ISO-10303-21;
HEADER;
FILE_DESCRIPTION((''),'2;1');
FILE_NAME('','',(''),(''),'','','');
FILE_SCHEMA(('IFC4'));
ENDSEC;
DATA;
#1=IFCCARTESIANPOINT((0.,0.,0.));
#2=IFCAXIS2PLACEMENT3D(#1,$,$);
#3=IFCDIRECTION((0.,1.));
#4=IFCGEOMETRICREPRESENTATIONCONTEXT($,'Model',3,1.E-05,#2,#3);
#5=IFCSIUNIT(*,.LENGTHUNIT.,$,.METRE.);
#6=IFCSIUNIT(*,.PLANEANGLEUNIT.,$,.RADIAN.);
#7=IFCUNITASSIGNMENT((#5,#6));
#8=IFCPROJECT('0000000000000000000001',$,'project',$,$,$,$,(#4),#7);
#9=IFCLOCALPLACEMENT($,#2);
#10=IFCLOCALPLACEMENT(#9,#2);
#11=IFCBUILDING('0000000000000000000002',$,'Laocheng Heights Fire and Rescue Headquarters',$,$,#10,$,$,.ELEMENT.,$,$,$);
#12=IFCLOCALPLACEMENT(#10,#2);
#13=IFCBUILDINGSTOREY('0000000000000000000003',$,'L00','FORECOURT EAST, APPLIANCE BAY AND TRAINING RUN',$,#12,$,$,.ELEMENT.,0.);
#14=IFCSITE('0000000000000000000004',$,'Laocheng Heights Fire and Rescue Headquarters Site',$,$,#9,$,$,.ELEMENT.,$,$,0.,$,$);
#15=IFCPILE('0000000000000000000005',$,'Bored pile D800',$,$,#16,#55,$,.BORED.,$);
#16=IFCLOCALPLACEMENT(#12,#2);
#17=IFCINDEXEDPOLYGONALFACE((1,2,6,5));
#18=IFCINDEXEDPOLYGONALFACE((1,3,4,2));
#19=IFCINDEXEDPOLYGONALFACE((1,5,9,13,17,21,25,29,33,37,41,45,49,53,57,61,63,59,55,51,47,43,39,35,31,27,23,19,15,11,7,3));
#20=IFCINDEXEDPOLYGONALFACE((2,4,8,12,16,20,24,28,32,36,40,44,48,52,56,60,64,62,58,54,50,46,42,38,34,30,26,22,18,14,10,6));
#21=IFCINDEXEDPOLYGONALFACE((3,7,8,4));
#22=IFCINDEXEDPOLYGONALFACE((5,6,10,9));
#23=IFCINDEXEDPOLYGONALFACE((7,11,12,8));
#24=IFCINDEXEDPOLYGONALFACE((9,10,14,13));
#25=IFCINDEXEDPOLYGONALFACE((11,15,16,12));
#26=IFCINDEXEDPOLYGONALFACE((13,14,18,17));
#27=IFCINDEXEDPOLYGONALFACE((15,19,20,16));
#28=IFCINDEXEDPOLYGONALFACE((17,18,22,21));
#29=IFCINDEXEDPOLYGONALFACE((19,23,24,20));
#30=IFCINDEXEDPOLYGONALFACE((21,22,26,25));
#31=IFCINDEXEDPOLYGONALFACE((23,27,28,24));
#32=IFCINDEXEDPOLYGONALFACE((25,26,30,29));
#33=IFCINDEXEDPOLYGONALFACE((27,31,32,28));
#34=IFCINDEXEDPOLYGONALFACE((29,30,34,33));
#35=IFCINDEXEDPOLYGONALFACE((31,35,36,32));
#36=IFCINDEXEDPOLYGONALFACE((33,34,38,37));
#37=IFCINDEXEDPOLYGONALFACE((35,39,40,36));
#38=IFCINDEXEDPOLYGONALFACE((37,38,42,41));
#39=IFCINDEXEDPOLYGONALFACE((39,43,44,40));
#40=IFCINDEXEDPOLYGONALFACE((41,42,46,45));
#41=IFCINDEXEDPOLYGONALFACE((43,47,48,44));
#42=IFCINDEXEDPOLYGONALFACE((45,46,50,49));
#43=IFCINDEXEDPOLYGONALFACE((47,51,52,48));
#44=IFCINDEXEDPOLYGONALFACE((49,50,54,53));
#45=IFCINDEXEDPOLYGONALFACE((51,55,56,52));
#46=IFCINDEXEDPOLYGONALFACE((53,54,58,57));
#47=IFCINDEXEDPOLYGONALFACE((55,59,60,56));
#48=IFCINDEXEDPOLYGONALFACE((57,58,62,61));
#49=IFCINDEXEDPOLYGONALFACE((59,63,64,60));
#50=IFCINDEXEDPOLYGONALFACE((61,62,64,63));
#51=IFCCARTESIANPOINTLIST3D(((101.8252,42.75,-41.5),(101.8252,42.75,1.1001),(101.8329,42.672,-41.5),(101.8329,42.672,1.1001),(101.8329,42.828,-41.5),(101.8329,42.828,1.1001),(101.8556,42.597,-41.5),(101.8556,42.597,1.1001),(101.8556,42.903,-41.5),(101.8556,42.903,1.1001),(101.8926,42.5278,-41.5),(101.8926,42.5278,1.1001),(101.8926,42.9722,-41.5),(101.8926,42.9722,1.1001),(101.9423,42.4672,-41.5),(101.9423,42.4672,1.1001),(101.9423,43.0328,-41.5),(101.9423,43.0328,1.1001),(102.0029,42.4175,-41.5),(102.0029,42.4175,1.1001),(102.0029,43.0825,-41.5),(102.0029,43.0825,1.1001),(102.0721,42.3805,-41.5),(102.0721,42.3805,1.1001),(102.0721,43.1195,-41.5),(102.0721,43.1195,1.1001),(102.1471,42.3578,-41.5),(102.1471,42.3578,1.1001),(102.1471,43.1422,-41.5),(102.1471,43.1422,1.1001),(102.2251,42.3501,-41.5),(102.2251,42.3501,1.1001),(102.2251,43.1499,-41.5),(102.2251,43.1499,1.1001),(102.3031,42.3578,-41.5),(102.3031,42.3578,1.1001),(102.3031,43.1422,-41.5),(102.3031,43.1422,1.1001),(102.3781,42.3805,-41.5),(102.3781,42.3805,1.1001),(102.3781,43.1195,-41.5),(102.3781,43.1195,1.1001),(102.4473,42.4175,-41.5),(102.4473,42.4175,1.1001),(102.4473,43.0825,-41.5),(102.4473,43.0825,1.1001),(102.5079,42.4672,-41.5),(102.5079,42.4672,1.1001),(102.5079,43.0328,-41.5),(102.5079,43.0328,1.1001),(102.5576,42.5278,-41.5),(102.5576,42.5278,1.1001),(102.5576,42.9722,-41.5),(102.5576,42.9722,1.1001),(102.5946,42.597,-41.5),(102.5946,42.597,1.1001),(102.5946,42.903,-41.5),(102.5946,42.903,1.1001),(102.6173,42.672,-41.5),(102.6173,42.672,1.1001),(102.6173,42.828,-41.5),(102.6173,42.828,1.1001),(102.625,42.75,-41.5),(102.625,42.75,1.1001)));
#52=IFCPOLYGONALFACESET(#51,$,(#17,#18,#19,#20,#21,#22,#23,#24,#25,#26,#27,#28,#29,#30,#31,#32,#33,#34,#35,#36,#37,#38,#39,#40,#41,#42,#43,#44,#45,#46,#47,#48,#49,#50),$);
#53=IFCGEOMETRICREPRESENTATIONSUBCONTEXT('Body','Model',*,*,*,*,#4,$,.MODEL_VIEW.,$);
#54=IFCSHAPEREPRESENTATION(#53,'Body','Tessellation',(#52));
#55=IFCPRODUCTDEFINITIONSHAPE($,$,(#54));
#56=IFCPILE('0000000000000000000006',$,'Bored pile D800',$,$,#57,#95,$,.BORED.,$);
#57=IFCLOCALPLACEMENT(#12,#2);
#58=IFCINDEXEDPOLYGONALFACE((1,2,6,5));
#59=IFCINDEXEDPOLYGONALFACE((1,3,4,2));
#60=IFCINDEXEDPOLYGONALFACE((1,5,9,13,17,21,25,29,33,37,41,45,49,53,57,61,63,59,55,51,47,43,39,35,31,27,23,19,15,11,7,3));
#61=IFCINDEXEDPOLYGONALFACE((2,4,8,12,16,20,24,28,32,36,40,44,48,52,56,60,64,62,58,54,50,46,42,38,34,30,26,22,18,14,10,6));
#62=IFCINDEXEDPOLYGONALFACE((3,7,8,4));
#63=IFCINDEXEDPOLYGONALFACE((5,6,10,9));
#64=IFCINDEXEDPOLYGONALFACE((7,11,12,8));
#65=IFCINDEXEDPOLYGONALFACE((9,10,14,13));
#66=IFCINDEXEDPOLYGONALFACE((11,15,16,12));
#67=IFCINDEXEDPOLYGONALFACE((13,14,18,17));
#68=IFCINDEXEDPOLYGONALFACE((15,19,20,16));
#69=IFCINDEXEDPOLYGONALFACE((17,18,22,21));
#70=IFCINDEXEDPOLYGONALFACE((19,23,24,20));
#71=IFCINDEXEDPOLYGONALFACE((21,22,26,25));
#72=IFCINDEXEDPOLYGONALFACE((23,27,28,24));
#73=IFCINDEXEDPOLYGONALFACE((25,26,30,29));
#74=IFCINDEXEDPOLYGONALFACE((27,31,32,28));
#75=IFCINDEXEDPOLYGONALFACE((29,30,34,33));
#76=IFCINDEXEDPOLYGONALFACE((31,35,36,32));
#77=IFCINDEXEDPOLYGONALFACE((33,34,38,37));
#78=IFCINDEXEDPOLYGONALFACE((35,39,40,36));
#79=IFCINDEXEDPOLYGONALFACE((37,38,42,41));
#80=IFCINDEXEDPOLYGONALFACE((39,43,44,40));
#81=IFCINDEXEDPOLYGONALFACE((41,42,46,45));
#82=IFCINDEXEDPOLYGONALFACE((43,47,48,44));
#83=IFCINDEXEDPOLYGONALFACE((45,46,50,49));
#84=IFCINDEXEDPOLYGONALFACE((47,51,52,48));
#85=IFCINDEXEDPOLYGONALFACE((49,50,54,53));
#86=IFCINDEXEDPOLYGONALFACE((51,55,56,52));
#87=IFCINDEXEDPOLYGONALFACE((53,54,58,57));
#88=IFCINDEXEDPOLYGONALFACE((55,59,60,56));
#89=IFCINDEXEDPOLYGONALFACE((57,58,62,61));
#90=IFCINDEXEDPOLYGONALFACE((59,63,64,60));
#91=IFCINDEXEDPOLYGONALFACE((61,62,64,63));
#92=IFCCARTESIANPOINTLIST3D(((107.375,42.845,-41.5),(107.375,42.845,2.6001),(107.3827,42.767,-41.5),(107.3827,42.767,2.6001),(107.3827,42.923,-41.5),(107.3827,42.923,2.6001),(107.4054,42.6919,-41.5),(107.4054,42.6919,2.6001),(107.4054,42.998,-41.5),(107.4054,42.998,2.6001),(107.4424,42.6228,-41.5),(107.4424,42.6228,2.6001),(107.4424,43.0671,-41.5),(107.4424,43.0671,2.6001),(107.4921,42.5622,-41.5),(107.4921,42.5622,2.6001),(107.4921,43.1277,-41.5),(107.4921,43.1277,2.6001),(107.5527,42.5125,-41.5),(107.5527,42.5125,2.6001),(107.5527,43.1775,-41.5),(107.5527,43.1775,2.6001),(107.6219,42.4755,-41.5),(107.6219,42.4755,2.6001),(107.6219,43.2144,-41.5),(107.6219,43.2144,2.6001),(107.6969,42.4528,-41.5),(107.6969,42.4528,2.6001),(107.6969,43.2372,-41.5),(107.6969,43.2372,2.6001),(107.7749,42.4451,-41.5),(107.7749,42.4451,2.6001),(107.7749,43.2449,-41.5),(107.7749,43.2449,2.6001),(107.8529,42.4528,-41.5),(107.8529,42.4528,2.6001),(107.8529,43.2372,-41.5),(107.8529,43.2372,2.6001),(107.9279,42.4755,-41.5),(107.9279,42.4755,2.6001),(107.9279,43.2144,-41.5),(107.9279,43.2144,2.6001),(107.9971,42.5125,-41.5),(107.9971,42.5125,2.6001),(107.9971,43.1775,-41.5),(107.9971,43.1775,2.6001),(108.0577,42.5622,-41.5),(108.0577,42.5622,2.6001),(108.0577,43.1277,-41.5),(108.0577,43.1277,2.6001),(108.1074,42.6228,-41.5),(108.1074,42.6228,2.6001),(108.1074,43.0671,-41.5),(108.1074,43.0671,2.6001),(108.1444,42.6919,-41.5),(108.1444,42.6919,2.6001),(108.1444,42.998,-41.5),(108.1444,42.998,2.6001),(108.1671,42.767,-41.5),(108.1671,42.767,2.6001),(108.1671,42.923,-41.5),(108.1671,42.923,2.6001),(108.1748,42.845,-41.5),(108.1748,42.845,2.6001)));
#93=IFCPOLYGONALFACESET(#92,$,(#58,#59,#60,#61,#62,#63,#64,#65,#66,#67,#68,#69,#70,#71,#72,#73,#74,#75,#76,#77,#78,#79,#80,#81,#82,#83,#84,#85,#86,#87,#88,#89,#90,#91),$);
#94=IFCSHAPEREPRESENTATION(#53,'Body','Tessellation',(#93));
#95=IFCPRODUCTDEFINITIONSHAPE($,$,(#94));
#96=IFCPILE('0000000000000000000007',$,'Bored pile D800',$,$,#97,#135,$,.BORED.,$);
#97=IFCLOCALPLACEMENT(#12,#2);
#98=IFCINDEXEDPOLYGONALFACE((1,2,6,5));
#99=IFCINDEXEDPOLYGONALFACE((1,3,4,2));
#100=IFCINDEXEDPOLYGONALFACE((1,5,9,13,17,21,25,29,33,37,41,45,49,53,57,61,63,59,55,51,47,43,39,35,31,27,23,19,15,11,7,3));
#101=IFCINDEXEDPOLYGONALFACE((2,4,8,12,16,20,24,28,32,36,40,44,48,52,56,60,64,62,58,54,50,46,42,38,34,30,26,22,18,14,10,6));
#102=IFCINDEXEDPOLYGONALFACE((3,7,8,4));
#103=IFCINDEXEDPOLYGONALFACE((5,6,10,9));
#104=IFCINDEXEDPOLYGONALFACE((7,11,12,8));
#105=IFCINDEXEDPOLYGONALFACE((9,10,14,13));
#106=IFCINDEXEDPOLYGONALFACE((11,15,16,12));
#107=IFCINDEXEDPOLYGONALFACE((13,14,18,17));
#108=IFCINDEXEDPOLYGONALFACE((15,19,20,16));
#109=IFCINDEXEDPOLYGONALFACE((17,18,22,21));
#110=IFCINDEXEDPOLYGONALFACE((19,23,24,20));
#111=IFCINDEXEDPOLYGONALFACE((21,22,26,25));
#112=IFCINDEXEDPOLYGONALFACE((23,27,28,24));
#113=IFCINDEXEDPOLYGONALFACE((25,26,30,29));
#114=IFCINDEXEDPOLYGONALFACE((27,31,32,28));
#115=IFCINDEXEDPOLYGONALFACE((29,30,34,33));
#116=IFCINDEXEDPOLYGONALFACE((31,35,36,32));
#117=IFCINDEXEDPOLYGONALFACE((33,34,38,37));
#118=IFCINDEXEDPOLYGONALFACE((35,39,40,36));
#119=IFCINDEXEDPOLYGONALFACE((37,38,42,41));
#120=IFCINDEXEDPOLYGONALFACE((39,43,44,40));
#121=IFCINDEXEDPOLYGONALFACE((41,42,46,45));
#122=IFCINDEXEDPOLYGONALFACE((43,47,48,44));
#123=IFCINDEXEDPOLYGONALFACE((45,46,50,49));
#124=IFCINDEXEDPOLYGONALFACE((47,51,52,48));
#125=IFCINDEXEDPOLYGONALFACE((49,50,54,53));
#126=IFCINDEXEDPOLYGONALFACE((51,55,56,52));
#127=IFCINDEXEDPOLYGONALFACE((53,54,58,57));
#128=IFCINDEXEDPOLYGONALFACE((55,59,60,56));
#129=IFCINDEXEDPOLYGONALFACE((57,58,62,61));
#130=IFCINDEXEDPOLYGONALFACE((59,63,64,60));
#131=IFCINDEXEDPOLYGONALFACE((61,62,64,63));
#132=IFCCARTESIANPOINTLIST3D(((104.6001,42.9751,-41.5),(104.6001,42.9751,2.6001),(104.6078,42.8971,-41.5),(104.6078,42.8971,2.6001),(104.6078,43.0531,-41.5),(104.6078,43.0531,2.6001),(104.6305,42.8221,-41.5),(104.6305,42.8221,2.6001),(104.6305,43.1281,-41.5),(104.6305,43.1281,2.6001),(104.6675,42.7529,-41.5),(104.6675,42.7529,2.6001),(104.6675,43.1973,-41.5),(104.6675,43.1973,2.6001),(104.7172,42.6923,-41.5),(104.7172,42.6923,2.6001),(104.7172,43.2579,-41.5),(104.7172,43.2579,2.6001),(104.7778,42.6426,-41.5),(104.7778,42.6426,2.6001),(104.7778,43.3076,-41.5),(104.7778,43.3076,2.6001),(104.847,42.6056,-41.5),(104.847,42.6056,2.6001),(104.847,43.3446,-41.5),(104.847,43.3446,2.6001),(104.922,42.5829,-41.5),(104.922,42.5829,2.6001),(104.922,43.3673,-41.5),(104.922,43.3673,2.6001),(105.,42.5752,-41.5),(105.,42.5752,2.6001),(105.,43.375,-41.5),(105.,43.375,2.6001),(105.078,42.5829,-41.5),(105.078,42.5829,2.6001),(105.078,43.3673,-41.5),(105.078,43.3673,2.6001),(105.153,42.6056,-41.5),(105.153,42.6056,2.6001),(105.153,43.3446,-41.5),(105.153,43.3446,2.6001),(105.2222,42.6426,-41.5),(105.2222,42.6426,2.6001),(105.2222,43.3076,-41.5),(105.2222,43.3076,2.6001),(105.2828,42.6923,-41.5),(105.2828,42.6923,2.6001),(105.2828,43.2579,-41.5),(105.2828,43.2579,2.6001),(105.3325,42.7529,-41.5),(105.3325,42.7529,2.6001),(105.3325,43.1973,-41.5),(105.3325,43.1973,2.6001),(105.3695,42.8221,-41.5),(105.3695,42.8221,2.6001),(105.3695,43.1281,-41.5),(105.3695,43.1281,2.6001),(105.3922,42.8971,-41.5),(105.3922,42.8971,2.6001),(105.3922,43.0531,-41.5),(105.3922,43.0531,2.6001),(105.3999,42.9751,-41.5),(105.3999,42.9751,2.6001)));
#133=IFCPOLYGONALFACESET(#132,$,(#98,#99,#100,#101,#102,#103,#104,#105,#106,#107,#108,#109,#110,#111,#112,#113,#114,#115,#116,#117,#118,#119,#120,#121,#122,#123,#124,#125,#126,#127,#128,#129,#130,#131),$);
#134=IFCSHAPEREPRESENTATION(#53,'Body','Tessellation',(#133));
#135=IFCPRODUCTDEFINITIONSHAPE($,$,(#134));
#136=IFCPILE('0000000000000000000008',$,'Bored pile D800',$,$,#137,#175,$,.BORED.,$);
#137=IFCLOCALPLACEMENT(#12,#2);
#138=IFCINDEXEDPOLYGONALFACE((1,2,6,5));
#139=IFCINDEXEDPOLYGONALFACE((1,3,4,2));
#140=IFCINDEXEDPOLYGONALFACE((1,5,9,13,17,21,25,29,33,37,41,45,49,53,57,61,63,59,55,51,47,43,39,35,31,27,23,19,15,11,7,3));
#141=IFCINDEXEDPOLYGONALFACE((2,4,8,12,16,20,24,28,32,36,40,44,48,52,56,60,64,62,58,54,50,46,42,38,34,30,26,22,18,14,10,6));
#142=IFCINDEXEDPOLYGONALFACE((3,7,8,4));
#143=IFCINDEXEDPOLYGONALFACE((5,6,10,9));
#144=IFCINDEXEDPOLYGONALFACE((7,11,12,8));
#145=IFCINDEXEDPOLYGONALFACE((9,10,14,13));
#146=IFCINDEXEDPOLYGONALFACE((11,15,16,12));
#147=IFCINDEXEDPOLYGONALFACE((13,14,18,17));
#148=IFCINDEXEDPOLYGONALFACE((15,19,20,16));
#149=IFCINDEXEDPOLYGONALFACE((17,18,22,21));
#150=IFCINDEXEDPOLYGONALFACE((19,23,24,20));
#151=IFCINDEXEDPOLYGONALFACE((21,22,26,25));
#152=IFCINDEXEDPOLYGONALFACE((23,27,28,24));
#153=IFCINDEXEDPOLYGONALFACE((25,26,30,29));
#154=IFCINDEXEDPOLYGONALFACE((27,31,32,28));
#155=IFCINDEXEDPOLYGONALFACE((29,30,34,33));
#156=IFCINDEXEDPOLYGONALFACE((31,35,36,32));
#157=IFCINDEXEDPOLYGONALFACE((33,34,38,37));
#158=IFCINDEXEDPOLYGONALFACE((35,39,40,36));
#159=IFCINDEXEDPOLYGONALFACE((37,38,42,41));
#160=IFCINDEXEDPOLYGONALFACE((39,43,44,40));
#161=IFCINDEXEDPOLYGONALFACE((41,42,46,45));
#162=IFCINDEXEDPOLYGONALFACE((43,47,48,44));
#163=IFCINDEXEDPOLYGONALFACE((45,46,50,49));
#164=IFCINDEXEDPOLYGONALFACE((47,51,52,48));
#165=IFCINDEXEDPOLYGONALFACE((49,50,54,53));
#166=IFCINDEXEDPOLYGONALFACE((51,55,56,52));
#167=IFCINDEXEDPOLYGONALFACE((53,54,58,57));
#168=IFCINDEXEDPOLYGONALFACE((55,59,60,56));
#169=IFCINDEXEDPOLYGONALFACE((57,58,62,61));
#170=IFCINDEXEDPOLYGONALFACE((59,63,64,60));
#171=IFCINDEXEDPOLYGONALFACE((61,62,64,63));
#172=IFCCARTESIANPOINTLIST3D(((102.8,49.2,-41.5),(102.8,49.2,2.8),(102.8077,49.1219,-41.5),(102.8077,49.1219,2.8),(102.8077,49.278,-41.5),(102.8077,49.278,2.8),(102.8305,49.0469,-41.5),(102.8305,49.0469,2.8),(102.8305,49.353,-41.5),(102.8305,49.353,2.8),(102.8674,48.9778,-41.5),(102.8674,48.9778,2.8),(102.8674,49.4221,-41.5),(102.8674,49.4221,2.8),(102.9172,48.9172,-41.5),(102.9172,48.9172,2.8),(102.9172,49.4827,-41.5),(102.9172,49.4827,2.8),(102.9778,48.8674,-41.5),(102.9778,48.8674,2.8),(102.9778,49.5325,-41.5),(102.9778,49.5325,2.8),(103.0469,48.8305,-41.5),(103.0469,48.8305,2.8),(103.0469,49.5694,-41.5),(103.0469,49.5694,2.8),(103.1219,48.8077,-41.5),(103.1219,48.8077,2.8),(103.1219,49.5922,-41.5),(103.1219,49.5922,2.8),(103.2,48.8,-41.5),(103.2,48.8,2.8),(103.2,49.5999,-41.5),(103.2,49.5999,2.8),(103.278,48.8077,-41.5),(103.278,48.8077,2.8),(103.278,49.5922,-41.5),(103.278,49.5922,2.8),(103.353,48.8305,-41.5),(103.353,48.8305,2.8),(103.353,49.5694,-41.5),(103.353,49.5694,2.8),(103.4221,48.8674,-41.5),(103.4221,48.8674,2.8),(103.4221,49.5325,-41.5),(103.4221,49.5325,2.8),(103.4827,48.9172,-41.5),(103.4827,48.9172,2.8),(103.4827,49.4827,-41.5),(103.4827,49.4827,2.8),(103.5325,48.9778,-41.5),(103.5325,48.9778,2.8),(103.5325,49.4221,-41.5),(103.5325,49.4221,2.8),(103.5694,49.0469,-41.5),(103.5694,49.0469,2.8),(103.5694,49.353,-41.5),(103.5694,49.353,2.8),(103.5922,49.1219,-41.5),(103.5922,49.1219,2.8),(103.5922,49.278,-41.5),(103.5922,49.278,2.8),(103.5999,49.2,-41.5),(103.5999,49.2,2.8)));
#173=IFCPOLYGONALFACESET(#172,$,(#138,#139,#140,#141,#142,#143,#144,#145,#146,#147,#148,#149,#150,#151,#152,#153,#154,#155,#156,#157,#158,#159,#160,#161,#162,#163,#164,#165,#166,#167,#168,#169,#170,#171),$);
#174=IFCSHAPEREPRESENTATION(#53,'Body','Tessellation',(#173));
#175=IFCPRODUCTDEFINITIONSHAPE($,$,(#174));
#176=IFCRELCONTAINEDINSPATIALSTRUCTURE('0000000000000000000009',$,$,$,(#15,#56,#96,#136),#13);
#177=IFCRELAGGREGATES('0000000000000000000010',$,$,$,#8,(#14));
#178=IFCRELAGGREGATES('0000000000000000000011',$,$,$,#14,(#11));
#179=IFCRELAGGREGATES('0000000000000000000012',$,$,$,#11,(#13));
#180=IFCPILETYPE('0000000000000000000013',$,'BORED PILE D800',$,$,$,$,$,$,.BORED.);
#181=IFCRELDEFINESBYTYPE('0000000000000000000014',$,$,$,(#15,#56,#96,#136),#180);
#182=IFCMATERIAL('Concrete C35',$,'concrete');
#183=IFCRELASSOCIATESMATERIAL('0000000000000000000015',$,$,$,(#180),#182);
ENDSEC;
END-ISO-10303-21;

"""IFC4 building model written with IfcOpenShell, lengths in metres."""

from ifc_helpers import new_model, si_unit, direction, frame, origin, origin_2d, place, context, subcontext, project, spatial, circle, extrude, material, material_profile, profile_set, type_object, element, save


model = new_model("IFC4")

# Units and contexts
model_context = context("Model", 3, precision=1e-05, world=origin(), true_north=direction((0.0, 1.0)))
body_context = subcontext(model_context, "Body", "Model", "MODEL_VIEW")
ifc_project = project(units=[si_unit("LENGTHUNIT", "METRE"), si_unit("PLANEANGLEUNIT", "RADIAN")], contexts=[model_context])

# Site, building, storey
site_placement = place(None, origin())
site = spatial("IfcSite", under=ifc_project, at=site_placement, Name="Laocheng Heights Fire and Rescue Headquarters Site", CompositionType="ELEMENT", RefElevation=0.0)
building_placement = place(site_placement, origin())
building = spatial("IfcBuilding", under=site, at=building_placement, Name="Laocheng Heights Fire and Rescue Headquarters", CompositionType="ELEMENT")
storey_placement = place(building_placement, origin())
storey = spatial("IfcBuildingStorey", under=building, at=storey_placement, Name="L00", Description="FORECOURT EAST, APPLIANCE BAY AND TRAINING RUN", CompositionType="ELEMENT", Elevation=0.0)

# Piles
ifc_material_1 = material(Name="Concrete C35", Category="concrete")
ifc_material_profile_1 = material_profile(ifc_material_1, circle(Radius=0.3999, at=origin_2d()), Name="BORED PILE D800")
ifc_profile_set_1 = profile_set([ifc_material_profile_1], Name="Concrete C35")
pile_type_1 = type_object("IfcPileType", Name="BORED PILE D800", PredefinedType="BORED", material=ifc_profile_set_1)
for number, where, z_axis, x_axis, name in (
    (1, (102.2251, 42.75, 1.1001), (0.0, 0.0, -1.0), (1.0, 0.0, 0.0), "Bored pile D800"),
):
    element("IfcPile", number, at=place(storey_placement, frame(where, z_axis=z_axis, x_axis=x_axis)), inside=storey, type_object=pile_type_1, Name=name, PredefinedType="BORED", context=body_context, shape_type="SweptSolid", body=[
        extrude(circle(Radius=0.3999, at=origin_2d()), origin(), (0.0, 0.0, 1.0), 42.6001),
    ])
for number, where, z_axis, x_axis, name in (
    (2, (107.7749, 42.845, 2.6001), (0.0, 0.0, -1.0), (1.0, 0.0, 0.0), "Bored pile D800"),
    (3, (105.0, 42.9751, 2.6001), (0.0, 0.0, -1.0), (1.0, 0.0, 0.0), "Bored pile D800"),
):
    element("IfcPile", number, at=place(storey_placement, frame(where, z_axis=z_axis, x_axis=x_axis)), inside=storey, type_object=pile_type_1, Name=name, PredefinedType="BORED", context=body_context, shape_type="SweptSolid", body=[
        extrude(circle(Radius=0.3999, at=origin_2d()), origin(), (0.0, 0.0, 1.0), 44.1001),
    ])
for number, where, z_axis, x_axis, name in (
    (4, (103.2, 49.2, 2.8), (0.0, 0.0, -1.0), (1.0, 0.0, 0.0), "Bored pile D800"),
):
    element("IfcPile", number, at=place(storey_placement, frame(where, z_axis=z_axis, x_axis=x_axis)), inside=storey, type_object=pile_type_1, Name=name, PredefinedType="BORED", context=body_context, shape_type="SweptSolid", body=[
        extrude(circle(Radius=0.3999, at=origin_2d()), origin(), (0.0, 0.0, 1.0), 44.3),
    ])

save(model, "model.ifc")
